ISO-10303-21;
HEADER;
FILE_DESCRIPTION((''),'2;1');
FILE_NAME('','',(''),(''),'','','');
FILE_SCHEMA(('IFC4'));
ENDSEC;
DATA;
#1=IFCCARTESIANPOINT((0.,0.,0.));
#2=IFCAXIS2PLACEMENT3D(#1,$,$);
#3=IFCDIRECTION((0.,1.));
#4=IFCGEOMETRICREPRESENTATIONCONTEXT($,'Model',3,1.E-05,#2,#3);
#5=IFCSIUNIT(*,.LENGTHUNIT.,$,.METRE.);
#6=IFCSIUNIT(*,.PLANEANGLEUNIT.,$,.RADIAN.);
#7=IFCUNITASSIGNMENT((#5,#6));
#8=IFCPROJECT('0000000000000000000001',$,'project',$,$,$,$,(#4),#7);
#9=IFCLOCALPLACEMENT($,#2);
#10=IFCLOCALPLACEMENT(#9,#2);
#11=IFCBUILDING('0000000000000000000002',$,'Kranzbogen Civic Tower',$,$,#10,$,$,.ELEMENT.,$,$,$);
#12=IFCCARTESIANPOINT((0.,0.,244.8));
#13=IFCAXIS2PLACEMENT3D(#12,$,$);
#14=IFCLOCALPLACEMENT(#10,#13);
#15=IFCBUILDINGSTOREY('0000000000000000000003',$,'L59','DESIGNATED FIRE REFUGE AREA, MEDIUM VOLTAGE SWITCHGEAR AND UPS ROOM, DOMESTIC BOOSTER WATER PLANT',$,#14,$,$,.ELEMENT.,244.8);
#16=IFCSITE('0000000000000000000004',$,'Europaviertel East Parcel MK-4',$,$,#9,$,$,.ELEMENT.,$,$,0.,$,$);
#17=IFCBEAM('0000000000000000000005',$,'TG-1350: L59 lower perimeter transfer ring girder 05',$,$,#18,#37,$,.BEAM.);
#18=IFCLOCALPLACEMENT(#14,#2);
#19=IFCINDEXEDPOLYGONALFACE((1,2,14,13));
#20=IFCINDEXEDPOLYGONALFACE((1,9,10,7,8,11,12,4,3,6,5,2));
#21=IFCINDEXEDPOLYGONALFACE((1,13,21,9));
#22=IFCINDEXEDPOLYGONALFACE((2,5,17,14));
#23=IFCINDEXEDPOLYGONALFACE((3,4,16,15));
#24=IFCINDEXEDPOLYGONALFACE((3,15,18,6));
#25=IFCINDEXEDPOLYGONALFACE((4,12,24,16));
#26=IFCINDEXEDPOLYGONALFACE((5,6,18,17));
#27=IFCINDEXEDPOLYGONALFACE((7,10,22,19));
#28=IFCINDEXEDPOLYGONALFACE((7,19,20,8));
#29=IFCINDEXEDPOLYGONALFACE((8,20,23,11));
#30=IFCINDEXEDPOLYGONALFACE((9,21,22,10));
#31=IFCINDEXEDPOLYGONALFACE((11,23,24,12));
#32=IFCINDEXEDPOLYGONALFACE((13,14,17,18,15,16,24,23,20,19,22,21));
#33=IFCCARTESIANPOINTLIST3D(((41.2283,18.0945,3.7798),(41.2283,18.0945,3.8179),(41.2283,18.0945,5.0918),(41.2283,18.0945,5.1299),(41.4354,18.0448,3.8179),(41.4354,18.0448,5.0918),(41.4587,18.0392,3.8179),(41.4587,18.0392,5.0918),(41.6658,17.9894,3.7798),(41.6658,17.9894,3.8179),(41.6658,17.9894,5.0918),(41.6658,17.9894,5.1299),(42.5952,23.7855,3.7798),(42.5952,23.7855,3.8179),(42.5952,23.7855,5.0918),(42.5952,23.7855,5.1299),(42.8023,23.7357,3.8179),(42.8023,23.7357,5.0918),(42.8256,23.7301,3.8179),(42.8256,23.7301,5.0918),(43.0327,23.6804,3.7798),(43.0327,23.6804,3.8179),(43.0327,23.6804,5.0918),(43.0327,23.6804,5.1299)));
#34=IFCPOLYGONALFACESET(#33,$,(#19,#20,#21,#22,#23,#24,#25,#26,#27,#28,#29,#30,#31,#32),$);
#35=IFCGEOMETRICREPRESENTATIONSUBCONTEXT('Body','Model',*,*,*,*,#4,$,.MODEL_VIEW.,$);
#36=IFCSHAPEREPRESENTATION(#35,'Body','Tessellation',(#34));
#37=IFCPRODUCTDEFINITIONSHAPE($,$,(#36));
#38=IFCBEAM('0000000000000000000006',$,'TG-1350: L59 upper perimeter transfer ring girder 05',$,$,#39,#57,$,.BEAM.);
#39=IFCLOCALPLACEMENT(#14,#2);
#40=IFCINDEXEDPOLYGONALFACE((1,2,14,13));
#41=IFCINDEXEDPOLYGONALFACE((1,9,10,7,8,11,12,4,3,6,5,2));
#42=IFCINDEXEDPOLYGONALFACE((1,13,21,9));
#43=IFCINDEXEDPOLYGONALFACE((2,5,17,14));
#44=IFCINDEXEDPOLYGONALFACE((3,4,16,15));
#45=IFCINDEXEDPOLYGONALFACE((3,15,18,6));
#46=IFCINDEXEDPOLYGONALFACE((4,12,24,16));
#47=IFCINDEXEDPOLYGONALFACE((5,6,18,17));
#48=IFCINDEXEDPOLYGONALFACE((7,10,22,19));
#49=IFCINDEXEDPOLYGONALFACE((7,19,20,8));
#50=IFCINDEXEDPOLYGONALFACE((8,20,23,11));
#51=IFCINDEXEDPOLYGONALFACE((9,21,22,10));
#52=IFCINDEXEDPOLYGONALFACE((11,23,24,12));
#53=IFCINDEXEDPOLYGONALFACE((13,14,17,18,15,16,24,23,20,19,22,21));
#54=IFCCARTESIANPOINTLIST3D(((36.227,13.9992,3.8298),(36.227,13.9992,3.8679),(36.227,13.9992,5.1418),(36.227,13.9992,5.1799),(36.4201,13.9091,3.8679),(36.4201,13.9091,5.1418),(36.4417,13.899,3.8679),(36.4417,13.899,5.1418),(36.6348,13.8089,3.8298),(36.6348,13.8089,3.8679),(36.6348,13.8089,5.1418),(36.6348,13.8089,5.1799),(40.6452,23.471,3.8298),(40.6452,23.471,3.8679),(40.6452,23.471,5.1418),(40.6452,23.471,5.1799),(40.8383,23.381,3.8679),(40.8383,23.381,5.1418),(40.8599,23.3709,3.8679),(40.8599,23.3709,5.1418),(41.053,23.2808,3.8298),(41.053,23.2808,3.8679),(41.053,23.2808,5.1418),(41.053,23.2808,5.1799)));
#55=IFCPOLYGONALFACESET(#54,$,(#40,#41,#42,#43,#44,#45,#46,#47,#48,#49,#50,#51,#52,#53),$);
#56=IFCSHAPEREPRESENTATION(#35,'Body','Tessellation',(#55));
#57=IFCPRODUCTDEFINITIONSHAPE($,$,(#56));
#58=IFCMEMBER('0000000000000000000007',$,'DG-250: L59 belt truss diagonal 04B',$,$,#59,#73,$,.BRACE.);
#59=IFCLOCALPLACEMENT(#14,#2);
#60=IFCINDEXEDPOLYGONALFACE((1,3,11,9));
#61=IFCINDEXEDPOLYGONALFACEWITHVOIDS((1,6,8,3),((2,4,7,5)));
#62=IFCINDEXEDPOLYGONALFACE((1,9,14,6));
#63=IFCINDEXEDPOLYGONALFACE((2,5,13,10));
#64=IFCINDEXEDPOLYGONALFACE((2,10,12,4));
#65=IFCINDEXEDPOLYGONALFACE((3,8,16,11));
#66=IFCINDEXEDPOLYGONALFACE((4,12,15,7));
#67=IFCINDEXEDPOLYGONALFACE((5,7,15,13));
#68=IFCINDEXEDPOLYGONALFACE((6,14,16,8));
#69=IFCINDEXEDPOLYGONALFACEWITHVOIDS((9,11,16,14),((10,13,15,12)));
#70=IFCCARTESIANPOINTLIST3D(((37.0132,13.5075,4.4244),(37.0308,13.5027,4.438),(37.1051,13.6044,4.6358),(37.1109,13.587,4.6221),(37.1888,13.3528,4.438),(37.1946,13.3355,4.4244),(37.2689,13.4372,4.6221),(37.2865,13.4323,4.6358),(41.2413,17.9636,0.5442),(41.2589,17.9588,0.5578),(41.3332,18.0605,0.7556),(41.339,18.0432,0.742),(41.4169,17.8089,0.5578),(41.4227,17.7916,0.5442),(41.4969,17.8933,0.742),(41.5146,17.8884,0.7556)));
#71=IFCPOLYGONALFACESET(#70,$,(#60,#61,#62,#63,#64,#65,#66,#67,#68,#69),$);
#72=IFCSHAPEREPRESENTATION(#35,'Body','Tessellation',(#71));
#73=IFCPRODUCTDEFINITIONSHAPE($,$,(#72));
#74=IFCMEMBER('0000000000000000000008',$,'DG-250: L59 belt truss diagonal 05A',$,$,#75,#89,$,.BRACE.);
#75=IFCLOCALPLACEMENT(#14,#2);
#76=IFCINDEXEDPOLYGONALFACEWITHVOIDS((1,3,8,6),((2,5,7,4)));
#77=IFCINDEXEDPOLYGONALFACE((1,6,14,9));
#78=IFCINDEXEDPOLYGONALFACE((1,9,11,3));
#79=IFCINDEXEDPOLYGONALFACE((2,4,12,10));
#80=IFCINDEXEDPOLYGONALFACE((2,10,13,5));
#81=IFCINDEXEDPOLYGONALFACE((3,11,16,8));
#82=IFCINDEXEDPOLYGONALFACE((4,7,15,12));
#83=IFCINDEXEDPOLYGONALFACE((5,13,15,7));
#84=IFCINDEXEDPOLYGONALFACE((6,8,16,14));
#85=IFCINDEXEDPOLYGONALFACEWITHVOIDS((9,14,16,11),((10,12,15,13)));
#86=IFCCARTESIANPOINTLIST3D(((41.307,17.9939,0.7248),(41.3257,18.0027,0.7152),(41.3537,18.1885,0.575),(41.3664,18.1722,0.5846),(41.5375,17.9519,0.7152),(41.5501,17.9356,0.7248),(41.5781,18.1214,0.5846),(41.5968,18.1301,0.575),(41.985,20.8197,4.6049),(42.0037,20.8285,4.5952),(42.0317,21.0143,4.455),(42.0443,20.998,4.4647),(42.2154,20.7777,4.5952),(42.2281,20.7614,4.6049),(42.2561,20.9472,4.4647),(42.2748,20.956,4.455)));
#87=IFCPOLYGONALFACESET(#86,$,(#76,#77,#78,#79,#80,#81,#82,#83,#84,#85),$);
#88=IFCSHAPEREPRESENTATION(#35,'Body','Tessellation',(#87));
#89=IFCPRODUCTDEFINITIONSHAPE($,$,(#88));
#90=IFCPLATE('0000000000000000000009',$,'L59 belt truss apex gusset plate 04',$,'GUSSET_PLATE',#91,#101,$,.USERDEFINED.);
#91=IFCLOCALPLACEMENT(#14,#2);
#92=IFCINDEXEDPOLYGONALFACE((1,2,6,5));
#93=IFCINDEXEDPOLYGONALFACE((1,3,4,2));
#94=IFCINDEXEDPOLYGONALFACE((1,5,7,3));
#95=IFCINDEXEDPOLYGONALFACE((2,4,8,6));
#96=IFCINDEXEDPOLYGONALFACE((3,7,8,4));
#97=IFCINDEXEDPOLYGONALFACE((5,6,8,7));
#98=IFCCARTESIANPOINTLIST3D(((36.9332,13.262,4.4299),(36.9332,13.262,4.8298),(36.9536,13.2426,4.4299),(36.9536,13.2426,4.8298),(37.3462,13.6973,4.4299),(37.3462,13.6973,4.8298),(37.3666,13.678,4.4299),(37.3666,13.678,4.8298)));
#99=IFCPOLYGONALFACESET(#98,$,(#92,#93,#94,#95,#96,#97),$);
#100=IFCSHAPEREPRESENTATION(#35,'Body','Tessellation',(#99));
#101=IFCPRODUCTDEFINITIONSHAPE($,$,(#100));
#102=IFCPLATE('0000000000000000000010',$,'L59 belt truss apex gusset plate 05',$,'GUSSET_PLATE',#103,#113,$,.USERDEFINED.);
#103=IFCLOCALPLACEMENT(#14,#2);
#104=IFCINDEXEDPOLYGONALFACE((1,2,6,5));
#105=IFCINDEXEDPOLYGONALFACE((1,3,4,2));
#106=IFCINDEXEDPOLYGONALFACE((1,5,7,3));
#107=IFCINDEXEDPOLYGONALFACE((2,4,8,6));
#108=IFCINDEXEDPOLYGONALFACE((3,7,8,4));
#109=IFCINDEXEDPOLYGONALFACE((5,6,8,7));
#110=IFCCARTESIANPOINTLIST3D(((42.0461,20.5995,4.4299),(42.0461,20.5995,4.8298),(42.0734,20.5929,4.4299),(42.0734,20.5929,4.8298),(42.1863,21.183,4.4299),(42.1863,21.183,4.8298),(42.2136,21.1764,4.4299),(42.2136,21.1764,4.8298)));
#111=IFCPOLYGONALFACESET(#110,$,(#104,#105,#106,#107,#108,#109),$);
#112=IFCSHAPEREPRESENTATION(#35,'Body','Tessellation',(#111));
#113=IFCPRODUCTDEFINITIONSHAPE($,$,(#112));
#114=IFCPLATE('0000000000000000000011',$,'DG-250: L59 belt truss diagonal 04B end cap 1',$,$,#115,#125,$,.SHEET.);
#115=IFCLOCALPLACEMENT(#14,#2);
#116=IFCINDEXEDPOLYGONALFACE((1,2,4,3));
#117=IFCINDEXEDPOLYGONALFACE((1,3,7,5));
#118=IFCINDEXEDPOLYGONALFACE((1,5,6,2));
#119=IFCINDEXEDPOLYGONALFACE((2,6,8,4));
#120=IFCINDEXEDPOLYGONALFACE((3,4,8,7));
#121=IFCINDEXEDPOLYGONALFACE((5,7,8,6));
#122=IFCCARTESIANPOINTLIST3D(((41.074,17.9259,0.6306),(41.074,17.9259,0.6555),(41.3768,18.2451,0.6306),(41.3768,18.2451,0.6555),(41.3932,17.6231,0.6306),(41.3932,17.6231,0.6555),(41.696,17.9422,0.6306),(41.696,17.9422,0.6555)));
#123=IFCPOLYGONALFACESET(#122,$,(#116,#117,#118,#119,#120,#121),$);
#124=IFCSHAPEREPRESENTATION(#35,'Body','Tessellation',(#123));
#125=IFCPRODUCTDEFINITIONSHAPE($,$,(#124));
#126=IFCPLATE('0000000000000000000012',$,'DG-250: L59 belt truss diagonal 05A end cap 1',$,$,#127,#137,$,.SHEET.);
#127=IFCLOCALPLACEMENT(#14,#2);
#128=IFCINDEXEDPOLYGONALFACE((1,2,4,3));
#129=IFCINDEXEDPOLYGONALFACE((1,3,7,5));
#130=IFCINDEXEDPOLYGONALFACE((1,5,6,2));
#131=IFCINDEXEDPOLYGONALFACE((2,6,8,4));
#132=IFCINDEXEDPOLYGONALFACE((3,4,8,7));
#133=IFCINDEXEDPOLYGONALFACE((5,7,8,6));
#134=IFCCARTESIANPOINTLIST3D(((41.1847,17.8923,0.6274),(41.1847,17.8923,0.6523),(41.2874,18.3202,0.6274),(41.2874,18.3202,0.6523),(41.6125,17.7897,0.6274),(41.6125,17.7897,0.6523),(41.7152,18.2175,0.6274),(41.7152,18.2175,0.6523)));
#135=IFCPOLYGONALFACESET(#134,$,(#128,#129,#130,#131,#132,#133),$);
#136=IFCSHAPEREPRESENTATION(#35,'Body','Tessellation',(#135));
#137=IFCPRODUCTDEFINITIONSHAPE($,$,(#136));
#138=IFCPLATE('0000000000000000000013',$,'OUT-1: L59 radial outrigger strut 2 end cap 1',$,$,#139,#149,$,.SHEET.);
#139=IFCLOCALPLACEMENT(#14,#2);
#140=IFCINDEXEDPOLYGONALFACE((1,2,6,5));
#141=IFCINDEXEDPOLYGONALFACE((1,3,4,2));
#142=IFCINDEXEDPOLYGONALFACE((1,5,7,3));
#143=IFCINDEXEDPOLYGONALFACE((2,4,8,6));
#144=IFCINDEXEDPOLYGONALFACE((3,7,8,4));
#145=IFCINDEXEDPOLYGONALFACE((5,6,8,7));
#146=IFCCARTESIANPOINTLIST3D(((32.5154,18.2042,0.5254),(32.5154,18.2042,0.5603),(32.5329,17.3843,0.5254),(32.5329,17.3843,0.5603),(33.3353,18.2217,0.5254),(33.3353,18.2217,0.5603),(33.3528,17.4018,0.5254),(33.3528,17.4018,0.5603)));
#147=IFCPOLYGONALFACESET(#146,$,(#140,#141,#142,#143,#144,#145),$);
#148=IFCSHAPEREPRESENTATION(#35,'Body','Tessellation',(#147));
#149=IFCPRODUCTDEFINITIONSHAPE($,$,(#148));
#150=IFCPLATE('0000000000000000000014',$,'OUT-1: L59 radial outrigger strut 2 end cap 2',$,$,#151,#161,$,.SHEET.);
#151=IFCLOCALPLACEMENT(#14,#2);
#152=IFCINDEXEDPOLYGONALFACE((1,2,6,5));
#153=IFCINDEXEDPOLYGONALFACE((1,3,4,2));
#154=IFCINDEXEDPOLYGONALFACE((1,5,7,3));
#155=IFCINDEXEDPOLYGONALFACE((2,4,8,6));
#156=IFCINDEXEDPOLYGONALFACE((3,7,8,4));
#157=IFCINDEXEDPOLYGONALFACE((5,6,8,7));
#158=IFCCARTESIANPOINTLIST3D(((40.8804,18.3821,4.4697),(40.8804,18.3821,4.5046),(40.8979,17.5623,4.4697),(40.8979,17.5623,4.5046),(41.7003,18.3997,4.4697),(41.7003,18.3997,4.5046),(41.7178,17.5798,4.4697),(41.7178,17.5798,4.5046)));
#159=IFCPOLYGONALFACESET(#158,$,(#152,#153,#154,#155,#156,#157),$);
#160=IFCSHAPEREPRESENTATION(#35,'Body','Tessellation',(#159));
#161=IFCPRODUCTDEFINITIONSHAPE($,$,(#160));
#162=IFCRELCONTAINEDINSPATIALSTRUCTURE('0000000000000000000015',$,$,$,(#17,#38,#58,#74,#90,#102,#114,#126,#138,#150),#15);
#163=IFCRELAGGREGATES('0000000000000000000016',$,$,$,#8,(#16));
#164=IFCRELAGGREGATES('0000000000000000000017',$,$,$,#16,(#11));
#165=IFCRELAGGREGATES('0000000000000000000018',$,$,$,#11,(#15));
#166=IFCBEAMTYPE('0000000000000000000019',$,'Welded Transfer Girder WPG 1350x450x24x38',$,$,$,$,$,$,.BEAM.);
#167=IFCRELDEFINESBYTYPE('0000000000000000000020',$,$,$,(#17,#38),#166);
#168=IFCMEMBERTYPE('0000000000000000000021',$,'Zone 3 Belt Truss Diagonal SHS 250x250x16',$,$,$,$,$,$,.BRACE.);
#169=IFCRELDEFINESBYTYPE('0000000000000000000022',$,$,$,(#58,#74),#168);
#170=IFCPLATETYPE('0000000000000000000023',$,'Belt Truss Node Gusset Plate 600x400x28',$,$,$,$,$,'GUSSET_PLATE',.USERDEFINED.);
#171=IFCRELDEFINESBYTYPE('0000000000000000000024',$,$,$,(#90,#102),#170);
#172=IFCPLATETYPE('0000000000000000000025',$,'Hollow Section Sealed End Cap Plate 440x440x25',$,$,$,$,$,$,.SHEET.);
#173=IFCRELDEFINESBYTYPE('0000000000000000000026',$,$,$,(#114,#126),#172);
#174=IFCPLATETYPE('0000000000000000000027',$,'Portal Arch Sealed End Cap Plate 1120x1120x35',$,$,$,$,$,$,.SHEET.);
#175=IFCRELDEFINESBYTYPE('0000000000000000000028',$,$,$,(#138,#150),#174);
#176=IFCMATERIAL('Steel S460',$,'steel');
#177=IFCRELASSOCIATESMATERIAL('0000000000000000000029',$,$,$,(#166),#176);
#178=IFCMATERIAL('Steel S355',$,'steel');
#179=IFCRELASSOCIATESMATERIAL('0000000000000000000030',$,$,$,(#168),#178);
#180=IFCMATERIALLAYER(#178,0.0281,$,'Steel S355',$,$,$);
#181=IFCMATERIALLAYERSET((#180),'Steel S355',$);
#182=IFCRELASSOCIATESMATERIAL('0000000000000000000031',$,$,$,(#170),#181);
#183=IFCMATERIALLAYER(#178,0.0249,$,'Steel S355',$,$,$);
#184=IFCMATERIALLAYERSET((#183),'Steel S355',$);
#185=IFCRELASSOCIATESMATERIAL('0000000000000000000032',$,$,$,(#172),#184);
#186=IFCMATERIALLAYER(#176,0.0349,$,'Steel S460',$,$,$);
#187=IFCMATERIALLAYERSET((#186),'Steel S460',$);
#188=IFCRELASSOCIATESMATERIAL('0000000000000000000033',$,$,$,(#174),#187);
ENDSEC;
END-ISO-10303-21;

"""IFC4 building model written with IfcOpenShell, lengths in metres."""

from ifc_helpers import new_model, si_unit, direction, frame, origin, origin_2d, place, context, subcontext, project, spatial, rectangle, hollow_rectangle, i_section, extrude, material, layer, layer_set, material_profile, profile_set, type_object, element, save


model = new_model("IFC4")

# Units and contexts
model_context = context("Model", 3, precision=1e-05, world=origin(), true_north=direction((0.0, 1.0)))
body_context = subcontext(model_context, "Body", "Model", "MODEL_VIEW")
ifc_project = project(units=[si_unit("LENGTHUNIT", "METRE"), si_unit("PLANEANGLEUNIT", "RADIAN")], contexts=[model_context])

# Site, building, storey
site_placement = place(None, origin())
site = spatial("IfcSite", under=ifc_project, at=site_placement, Name="Europaviertel East Parcel MK-4", CompositionType="ELEMENT", RefElevation=0.0)
building_placement = place(site_placement, origin())
building = spatial("IfcBuilding", under=site, at=building_placement, Name="Kranzbogen Civic Tower", CompositionType="ELEMENT")
storey_placement = place(building_placement, frame((0.0, 0.0, 244.8)))
storey = spatial("IfcBuildingStorey", under=building, at=storey_placement, Name="L59", Description="DESIGNATED FIRE REFUGE AREA, MEDIUM VOLTAGE SWITCHGEAR AND UPS ROOM, DOMESTIC BOOSTER WATER PLANT", CompositionType="ELEMENT", Elevation=244.8)

# Shared definitions
ifc_material_1 = material(Name="Steel S355", Category="steel")

# Shared definitions
ifc_material_2 = material(Name="Steel S460", Category="steel")

# Beams
ifc_material_profile_1 = material_profile(ifc_material_2, i_section(OverallWidth=0.45, OverallDepth=1.3501, WebThickness=0.0239, FlangeThickness=0.0381, at=origin_2d()), Name="WPG 1350x450x24x38")
ifc_profile_set_1 = profile_set([ifc_material_profile_1], Name="Steel S460")
beam_type = type_object("IfcBeamType", Name="Welded Transfer Girder WPG 1350x450x24x38", PredefinedType="BEAM", material=ifc_profile_set_1)
beam_1_placement = place(storey_placement, frame((41.447, 18.042, 4.4548), z_axis=(0.233554, 0.972344, 0.0), x_axis=(-0.972344, 0.233554, 0.0)))
element("IfcBeam", 1, at=beam_1_placement, inside=storey, type_object=beam_type, Name="TG-1350: L59 lower perimeter transfer ring girder 05", PredefinedType="BEAM", context=body_context, shape_type="SweptSolid", body=[
    extrude(i_section(OverallWidth=0.45, OverallDepth=1.3501, WebThickness=0.0239, FlangeThickness=0.0381, at=origin_2d()), origin(), (0.0, 0.0, 1.0), 5.8528),
])
beam_2_placement = place(storey_placement, frame((36.4309, 13.9041, 4.5049), z_axis=(0.422727, 0.906257, 0.0), x_axis=(-0.906257, 0.422727, 0.0)))
element("IfcBeam", 2, at=beam_2_placement, inside=storey, type_object=beam_type, Name="TG-1350: L59 upper perimeter transfer ring girder 05", PredefinedType="BEAM", context=body_context, shape_type="SweptSolid", body=[
    extrude(i_section(OverallWidth=0.45, OverallDepth=1.3501, WebThickness=0.0239, FlangeThickness=0.0381, at=origin_2d()), origin(), (0.0, 0.0, 1.0), 10.4517),
])

# Members
ifc_material_profile_2 = material_profile(ifc_material_1, hollow_rectangle(XDim=0.25, YDim=0.25, WallThickness=0.0161, at=origin_2d()), Name="SHS 250x250x16")
ifc_profile_set_2 = profile_set([ifc_material_profile_2], Name="Steel S355")
member_type_1 = type_object("IfcMemberType", Name="Zone 3 Belt Truss Diagonal SHS 250x250x16", PredefinedType="BRACE", material=ifc_profile_set_2)
member_1_placement = place(storey_placement, frame((41.3779, 17.926, 0.6499), z_axis=(-0.581929, -0.613314, 0.534045), x_axis=(0.725424, -0.688302, 0.0)))
element("IfcMember", 3, at=member_1_placement, inside=storey, type_object=member_type_1, Name="DG-250: L59 belt truss diagonal 04B", PredefinedType="BRACE", context=body_context, shape_type="SweptSolid", body=[
    extrude(hollow_rectangle(XDim=0.25, YDim=0.25, WallThickness=0.0161, at=origin_2d()), origin(), (0.0, 0.0, 1.0), 7.2656),
])
member_2_placement = place(storey_placement, frame((41.4519, 18.062, 0.6499), z_axis=(0.139854, 0.582933, 0.800394), x_axis=(-0.972406, 0.233294, 0.0)))
element("IfcMember", 4, at=member_2_placement, inside=storey, type_object=member_type_1, Name="DG-250: L59 belt truss diagonal 05A", PredefinedType="BRACE", context=body_context, shape_type="SweptSolid", body=[
    extrude(hollow_rectangle(XDim=0.25, YDim=0.25, WallThickness=0.0161, at=origin_2d()), origin(), (0.0, 0.0, 1.0), 4.8477),
])

# Plates
ifc_layer_1 = layer(ifc_material_1, 0.0281, Name="Steel S355")
ifc_layer_set_1 = layer_set([ifc_layer_1], Name="Steel S355")
plate_type_1 = type_object("IfcPlateType", Name="Belt Truss Node Gusset Plate 600x400x28", ElementType="GUSSET_PLATE", PredefinedType="USERDEFINED", material=ifc_layer_set_1)
for number, where, z_axis, x_axis, name in (
    (5, (37.1499, 13.47, 4.4299), (0.0, 0.0, 1.0), (0.688304, 0.725422, 0.0), "L59 belt truss apex gusset plate 04"),
    (6, (42.1299, 20.8879, 4.4299), (0.0, 0.0, 1.0), (0.233581, 0.972337, 0.0), "L59 belt truss apex gusset plate 05"),
):
    element("IfcPlate", number, at=place(storey_placement, frame(where, z_axis=z_axis, x_axis=x_axis)), inside=storey, type_object=plate_type_1, Name=name, ObjectType="GUSSET_PLATE", PredefinedType="USERDEFINED", context=body_context, shape_type="SweptSolid", body=[
        extrude(rectangle(XDim=0.6001, YDim=0.0281, at=origin_2d()), origin(), (0.0, 0.0, 1.0), 0.3999),
    ])
ifc_layer_2 = layer(ifc_material_1, 0.0249, Name="Steel S355")
ifc_layer_set_2 = layer_set([ifc_layer_2], Name="Steel S355")
plate_type_2 = type_object("IfcPlateType", Name="Hollow Section Sealed End Cap Plate 440x440x25", PredefinedType="SHEET", material=ifc_layer_set_2)
for number, where, z_axis, x_axis, name in (
    (7, (41.385, 17.9341, 0.6306), (0.0, 0.0, 1.0), (-0.688304, -0.725422, 0.0), "DG-250: L59 belt truss diagonal 04B end cap 1"),
    (8, (41.45, 18.0549, 0.6274), (0.0, 0.0, 1.0), (0.233293, 0.972407, 0.0), "DG-250: L59 belt truss diagonal 05A end cap 1"),
):
    element("IfcPlate", number, at=place(storey_placement, frame(where, z_axis=z_axis, x_axis=x_axis)), inside=storey, type_object=plate_type_2, Name=name, PredefinedType="SHEET", context=body_context, shape_type="SweptSolid", body=[
        extrude(rectangle(XDim=0.4399, YDim=0.4399, at=origin_2d()), origin(), (0.0, 0.0, 1.0), 0.0249),
    ])
ifc_layer_3 = layer(ifc_material_2, 0.0349, Name="Steel S460")
ifc_layer_set_3 = layer_set([ifc_layer_3], Name="Steel S460")
plate_type_3 = type_object("IfcPlateType", Name="Portal Arch Sealed End Cap Plate 1120x1120x35", PredefinedType="SHEET", material=ifc_layer_set_3)
for number, where, z_axis, x_axis, name in (
    (9, (32.9341, 17.803, 0.5254), (0.0, 0.0, 1.0), (0.999772, 0.021361, 0.0), "OUT-1: L59 radial outrigger strut 2 end cap 1"),
    (10, (41.2991, 17.981, 4.4697), (0.0, 0.0, 1.0), (0.999772, 0.021361, 0.0), "OUT-1: L59 radial outrigger strut 2 end cap 2"),
):
    element("IfcPlate", number, at=place(storey_placement, frame(where, z_axis=z_axis, x_axis=x_axis)), inside=storey, type_object=plate_type_3, Name=name, PredefinedType="SHEET", context=body_context, shape_type="SweptSolid", body=[
        extrude(rectangle(XDim=0.8201, YDim=0.8201, at=origin_2d()), origin(), (0.0, 0.0, 1.0), 0.0349),
    ])

save(model, "model.ifc")
